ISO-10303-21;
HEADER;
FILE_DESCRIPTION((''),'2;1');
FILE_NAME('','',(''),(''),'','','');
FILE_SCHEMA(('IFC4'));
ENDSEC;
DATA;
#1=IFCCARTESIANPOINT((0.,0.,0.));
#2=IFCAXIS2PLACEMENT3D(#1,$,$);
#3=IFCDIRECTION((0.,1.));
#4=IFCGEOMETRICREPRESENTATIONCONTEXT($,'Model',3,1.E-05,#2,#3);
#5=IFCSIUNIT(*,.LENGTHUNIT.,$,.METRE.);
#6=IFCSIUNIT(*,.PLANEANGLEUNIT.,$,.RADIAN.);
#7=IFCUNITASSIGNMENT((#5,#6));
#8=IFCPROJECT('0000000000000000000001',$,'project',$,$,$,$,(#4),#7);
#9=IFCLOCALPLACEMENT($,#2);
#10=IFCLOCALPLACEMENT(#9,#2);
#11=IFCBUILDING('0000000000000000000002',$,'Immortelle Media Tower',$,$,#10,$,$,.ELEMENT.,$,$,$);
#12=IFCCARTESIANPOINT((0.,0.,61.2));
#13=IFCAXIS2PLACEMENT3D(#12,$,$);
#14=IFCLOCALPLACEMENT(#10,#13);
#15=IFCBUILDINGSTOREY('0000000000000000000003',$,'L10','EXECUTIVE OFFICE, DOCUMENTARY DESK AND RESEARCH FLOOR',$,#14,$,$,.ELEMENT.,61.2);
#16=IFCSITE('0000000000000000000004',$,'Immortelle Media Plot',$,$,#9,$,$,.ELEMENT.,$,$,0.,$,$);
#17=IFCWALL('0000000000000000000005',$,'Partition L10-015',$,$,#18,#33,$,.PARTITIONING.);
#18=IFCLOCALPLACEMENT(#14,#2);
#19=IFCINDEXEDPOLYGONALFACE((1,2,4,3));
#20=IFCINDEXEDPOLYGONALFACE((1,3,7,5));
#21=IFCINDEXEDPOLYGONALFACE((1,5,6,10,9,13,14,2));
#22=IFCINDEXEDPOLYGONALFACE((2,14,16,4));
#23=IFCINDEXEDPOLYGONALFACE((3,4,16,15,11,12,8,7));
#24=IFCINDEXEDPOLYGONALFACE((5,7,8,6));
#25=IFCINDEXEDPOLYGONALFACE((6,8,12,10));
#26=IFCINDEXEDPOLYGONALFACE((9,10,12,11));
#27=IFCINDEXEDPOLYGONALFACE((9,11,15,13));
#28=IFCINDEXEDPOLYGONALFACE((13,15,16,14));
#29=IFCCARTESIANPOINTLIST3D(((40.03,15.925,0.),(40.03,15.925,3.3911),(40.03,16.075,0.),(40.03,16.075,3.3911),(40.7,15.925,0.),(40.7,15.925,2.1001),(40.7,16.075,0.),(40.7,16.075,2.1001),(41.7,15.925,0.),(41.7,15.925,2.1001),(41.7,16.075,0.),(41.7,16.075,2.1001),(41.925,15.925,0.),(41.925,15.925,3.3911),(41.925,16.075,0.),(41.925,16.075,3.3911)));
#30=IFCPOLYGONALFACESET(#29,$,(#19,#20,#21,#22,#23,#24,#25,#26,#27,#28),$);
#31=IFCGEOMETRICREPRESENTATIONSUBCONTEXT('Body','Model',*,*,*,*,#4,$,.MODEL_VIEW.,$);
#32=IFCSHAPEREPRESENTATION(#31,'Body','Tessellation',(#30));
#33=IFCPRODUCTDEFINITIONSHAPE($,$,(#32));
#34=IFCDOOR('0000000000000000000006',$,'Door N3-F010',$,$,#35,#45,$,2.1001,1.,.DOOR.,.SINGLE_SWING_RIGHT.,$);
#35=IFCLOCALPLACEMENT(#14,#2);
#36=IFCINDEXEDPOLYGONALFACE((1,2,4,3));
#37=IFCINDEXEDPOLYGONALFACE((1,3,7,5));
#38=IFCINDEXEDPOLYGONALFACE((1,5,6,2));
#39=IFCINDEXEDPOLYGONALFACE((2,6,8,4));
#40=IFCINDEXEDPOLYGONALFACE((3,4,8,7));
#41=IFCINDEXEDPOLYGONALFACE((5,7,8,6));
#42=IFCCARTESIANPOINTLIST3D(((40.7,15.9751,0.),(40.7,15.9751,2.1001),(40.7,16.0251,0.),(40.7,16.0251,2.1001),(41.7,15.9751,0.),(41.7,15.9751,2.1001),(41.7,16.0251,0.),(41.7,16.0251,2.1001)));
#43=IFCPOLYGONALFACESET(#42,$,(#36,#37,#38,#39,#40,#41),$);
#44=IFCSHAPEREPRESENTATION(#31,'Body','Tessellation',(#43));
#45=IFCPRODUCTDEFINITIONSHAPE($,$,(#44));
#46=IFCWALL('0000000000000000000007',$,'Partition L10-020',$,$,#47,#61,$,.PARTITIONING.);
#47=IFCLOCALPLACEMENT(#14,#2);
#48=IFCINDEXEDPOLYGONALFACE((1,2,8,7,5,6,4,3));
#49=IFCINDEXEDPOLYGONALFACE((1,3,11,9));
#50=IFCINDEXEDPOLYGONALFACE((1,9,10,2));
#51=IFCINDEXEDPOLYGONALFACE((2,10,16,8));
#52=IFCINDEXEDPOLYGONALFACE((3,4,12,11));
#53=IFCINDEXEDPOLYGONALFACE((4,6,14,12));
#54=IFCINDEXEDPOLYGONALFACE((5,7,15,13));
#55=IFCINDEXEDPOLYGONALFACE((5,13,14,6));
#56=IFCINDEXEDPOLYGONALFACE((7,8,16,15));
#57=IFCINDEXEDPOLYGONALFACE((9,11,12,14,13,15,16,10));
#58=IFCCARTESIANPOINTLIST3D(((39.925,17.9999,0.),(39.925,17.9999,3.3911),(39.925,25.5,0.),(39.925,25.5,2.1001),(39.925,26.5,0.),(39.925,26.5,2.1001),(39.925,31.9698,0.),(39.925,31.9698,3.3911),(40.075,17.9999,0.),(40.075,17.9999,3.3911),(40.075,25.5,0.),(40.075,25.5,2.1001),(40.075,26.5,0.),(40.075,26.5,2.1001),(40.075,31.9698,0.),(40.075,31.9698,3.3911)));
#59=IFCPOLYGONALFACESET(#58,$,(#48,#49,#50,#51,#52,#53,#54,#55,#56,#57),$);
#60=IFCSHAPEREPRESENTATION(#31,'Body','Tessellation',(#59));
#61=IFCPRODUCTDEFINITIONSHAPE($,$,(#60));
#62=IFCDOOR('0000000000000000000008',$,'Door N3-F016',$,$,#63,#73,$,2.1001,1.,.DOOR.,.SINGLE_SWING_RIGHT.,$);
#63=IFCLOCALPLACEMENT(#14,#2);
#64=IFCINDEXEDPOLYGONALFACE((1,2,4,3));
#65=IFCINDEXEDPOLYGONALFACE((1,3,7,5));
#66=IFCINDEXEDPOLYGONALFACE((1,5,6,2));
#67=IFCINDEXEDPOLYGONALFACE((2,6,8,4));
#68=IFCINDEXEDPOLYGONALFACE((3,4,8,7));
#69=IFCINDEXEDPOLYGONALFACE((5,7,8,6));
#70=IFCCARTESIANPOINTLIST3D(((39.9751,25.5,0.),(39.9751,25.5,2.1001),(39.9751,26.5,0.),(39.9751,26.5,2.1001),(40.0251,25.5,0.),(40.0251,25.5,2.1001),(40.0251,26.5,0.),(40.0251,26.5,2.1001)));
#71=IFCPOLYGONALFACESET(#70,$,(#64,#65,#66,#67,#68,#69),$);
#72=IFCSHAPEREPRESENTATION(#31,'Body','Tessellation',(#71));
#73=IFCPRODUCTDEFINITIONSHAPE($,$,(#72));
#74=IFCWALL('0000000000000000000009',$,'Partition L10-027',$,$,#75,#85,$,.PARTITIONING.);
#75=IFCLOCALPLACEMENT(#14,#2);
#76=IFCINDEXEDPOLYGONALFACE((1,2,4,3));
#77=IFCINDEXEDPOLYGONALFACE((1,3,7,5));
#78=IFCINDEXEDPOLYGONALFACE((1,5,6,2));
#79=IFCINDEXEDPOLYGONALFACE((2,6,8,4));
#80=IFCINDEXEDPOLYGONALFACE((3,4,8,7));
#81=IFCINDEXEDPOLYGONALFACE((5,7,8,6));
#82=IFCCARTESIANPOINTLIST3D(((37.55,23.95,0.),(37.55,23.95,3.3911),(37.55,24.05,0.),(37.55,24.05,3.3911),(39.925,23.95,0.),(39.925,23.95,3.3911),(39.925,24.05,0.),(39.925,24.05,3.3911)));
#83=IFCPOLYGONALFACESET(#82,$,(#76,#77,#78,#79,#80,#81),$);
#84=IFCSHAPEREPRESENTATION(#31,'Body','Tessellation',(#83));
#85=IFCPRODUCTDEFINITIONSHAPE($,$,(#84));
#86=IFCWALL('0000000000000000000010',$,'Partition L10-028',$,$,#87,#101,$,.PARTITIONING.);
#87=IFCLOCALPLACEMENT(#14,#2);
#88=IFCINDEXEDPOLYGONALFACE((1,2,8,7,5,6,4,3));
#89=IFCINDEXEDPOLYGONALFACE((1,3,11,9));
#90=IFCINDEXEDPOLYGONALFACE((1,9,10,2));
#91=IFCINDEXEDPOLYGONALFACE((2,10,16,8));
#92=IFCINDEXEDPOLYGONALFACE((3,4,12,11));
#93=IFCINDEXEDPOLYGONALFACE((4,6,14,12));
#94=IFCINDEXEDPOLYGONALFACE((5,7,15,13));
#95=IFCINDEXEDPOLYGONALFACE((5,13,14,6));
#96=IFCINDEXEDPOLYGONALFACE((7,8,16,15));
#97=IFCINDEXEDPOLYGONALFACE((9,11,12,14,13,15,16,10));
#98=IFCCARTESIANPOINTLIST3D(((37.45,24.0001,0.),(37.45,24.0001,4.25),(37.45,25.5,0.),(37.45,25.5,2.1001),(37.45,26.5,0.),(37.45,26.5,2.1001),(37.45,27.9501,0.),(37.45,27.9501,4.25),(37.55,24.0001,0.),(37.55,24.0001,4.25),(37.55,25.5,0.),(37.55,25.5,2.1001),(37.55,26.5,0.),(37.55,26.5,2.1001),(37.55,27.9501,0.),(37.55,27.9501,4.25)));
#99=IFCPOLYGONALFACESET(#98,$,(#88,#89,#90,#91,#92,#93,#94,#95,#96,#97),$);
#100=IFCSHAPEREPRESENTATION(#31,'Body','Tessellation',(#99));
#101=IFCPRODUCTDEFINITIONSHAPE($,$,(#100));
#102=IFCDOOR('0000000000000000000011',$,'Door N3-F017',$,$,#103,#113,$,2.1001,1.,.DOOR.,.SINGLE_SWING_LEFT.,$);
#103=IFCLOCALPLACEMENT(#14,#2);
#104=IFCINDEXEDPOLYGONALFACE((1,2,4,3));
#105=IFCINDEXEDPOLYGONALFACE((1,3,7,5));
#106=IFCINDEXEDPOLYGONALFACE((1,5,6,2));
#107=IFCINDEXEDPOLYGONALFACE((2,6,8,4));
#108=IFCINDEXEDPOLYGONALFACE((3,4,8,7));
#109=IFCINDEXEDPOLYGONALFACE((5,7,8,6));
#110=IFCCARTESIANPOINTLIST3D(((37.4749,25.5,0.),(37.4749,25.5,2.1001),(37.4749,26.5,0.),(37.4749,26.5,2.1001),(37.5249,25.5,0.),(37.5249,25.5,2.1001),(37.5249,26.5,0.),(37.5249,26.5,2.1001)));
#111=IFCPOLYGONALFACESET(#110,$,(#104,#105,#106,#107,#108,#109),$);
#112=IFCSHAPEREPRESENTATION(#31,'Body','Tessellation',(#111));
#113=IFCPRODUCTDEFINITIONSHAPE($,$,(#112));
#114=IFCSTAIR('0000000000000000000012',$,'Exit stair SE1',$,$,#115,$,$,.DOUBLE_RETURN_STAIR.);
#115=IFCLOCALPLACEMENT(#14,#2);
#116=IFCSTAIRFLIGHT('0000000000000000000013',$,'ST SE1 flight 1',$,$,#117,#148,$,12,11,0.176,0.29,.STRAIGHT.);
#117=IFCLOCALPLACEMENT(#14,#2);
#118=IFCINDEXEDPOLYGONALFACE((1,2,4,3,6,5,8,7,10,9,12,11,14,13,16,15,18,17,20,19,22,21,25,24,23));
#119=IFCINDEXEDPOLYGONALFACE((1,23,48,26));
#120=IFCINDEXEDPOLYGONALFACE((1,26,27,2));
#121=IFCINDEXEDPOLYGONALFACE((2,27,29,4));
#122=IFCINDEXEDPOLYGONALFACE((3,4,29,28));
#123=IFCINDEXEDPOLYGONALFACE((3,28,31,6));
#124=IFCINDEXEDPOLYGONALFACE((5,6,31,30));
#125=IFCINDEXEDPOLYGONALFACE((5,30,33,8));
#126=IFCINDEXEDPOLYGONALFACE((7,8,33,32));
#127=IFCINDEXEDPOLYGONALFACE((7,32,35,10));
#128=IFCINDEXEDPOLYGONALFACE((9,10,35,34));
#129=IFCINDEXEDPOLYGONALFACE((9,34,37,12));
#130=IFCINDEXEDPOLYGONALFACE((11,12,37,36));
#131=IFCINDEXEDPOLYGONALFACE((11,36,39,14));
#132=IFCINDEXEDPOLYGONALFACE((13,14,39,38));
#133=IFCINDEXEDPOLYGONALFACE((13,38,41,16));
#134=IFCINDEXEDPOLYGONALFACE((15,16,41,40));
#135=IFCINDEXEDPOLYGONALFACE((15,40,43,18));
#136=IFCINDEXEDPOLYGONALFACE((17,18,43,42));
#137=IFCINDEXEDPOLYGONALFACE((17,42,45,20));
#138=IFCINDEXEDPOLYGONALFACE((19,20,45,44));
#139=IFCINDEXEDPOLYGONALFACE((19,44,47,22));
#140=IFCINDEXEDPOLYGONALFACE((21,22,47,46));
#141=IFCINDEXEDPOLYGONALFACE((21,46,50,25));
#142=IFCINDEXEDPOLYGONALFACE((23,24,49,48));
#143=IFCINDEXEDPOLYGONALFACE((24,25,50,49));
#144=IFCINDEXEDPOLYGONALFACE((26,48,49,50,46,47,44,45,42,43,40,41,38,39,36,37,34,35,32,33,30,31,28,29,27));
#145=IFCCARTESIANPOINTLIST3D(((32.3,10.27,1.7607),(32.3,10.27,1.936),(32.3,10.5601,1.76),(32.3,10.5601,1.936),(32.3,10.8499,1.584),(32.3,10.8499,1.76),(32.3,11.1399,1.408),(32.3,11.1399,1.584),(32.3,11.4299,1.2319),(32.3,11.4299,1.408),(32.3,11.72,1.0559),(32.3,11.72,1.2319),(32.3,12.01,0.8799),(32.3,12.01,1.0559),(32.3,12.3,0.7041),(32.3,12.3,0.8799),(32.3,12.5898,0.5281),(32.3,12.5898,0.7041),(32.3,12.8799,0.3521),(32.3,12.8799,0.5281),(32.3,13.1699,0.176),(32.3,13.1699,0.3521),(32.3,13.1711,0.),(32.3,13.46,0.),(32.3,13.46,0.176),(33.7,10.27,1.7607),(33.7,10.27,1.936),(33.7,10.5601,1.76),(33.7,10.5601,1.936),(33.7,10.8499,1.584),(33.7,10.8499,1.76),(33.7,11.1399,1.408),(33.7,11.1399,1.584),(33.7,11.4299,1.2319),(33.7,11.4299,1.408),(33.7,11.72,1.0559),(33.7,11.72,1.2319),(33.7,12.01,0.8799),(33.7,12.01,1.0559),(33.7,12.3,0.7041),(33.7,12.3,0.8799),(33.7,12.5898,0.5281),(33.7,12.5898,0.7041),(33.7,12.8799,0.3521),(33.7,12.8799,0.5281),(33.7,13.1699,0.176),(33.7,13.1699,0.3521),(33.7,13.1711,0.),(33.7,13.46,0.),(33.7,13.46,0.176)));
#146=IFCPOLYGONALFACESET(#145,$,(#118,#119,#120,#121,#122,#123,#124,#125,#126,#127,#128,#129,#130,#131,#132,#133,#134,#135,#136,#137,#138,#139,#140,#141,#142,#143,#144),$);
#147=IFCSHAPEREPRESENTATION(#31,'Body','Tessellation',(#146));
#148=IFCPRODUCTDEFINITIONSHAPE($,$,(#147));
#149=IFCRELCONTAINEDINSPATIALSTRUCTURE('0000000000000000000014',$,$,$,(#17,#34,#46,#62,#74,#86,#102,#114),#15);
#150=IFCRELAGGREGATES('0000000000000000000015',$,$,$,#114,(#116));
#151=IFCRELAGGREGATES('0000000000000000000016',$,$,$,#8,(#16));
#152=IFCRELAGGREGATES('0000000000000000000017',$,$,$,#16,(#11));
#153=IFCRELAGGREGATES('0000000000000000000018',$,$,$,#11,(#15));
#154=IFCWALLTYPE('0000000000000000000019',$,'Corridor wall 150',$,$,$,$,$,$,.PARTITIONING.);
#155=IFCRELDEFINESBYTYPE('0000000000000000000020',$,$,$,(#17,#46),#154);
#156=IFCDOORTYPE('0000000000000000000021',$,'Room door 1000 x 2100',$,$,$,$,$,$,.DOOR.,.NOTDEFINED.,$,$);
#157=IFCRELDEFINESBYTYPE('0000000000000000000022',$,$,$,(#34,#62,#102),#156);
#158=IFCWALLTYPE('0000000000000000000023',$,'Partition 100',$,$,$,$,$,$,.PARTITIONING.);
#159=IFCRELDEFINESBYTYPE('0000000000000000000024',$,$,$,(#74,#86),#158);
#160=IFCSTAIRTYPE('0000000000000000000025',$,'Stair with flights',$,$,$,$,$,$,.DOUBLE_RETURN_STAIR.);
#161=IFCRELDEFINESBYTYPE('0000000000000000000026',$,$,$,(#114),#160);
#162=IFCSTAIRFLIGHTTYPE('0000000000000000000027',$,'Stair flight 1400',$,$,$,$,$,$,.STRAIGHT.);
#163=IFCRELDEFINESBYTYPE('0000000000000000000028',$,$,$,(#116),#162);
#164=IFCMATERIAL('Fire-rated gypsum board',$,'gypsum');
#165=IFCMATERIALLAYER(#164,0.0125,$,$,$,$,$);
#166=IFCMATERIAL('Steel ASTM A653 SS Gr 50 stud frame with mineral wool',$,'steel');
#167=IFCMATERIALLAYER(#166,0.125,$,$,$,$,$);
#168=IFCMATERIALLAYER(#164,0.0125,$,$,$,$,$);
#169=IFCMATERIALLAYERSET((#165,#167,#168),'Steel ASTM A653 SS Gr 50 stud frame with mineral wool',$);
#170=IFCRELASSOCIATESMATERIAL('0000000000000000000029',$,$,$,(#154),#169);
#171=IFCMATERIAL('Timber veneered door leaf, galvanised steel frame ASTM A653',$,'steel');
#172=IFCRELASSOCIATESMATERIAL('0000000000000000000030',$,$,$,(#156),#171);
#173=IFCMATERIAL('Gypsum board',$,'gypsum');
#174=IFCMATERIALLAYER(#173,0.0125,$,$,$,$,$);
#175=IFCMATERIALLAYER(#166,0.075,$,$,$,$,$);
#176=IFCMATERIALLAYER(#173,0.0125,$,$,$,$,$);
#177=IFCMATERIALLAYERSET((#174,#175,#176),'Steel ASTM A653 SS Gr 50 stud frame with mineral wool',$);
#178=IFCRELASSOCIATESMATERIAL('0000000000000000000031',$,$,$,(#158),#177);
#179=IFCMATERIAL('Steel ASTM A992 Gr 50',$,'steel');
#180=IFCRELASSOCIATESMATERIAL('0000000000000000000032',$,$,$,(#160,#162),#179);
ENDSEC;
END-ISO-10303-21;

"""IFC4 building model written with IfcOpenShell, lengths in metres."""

from ifc_helpers import new_model, si_unit, direction, frame, frame_2d, origin, place, context, subcontext, project, spatial, polyline, rectangle, outline, extrude, material, layer, layer_set, type_object, element, fill, aggregate, save


model = new_model("IFC4")

# Units and contexts
model_context = context("Model", 3, precision=1e-05, world=origin(), true_north=direction((0.0, 1.0)))
body_context = subcontext(model_context, "Body", "Model", "MODEL_VIEW")
ifc_project = project(units=[si_unit("LENGTHUNIT", "METRE"), si_unit("PLANEANGLEUNIT", "RADIAN")], contexts=[model_context])

# Site, building, storey
site_placement = place(None, origin())
site = spatial("IfcSite", under=ifc_project, at=site_placement, Name="Immortelle Media Plot", CompositionType="ELEMENT", RefElevation=0.0)
building_placement = place(site_placement, origin())
building = spatial("IfcBuilding", under=site, at=building_placement, Name="Immortelle Media Tower", CompositionType="ELEMENT")
storey_placement = place(building_placement, frame((0.0, 0.0, 61.2)))
storey = spatial("IfcBuildingStorey", under=building, at=storey_placement, Name="L10", Description="EXECUTIVE OFFICE, DOCUMENTARY DESK AND RESEARCH FLOOR", CompositionType="ELEMENT", Elevation=61.2)

# Shared definitions
ifc_material_1 = material(Name="Steel ASTM A992 Gr 50", Category="steel")

# Wall, opening, door
ifc_material_2 = material(Name="Fire-rated gypsum board", Category="gypsum")
ifc_layer_1 = layer(ifc_material_2, 0.0125)
ifc_material_3 = material(Name="Steel ASTM A653 SS Gr 50 stud frame with mineral wool", Category="steel")
ifc_layer_2 = layer(ifc_material_3, 0.125)
ifc_layer_3 = layer(ifc_material_2, 0.0125)
ifc_layer_set_1 = layer_set([ifc_layer_1, ifc_layer_2, ifc_layer_3], Name="Steel ASTM A653 SS Gr 50 stud frame with mineral wool")
wall_type_1 = type_object("IfcWallType", Name="Corridor wall 150", PredefinedType="PARTITIONING", material=ifc_layer_set_1)
wall_1_placement = place(storey_placement, frame((40.03, 16.0, 0.0), z_axis=(0.0, 0.0, 1.0), x_axis=(1.0, 0.0, 0.0)))
wall_1 = element("IfcWall", 1, at=wall_1_placement, inside=storey, type_object=wall_type_1, Name="Partition L10-015", PredefinedType="PARTITIONING", context=body_context, shape_type="SweptSolid", body=[
    extrude(rectangle(XDim=1.895, YDim=0.1499, at=frame_2d((0.9475, 0.0))), origin(), (0.0, 0.0, 1.0), 3.3911),
])
opening_1_placement = place(wall_1_placement, frame((1.6699, 0.0, 0.0), z_axis=(0.0, 0.0, 1.0), x_axis=(-1.0, 0.0, 0.0)))
opening_1 = element("IfcOpeningElement", 2, at=opening_1_placement, cuts=wall_1, PredefinedType="OPENING", context=body_context, shape_type="SweptSolid", body=[
    extrude(rectangle(XDim=1.0, YDim=2.1001, at=frame_2d((0.5, 1.05))), frame((0.0, 0.085, 0.0), z_axis=(0.0, -1.0, 0.0), x_axis=(1.0, 0.0, 0.0)), (0.0, 0.0, 1.0), 0.1699),
])
ifc_material_4 = material(Name="Timber veneered door leaf, galvanised steel frame ASTM A653", Category="steel")
door_type = type_object("IfcDoorType", Name="Room door 1000 x 2100", OperationType="NOTDEFINED", PredefinedType="DOOR", material=ifc_material_4)
door_1_placement = place(opening_1_placement, origin())
door_1 = element("IfcDoor", 3, at=door_1_placement, inside=storey, type_object=door_type, Name="Door N3-F010", OperationType="SINGLE_SWING_RIGHT", OverallHeight=2.1001, OverallWidth=1.0, PredefinedType="DOOR", context=body_context, shape_type="SweptSolid", body=[
    extrude(rectangle(XDim=1.0, YDim=2.1001, at=frame_2d((0.5, 1.05))), frame((0.0, 0.0249, 0.0), z_axis=(0.0, -1.0, 0.0), x_axis=(1.0, 0.0, 0.0)), (0.0, 0.0, 1.0), 0.05),
])
fill(opening_1, door_1)

# Wall, opening, door
wall_2_placement = place(storey_placement, frame((40.0, 18.0, 0.0), z_axis=(0.0, 0.0, 1.0), x_axis=(0.0, 1.0, 0.0)))
wall_2 = element("IfcWall", 4, at=wall_2_placement, inside=storey, type_object=wall_type_1, Name="Partition L10-020", PredefinedType="PARTITIONING", context=body_context, shape_type="SweptSolid", body=[
    extrude(rectangle(XDim=13.97, YDim=0.1499, at=frame_2d((6.9849, 0.0))), origin(), (0.0, 0.0, 1.0), 3.3911),
])
opening_2_placement = place(wall_2_placement, frame((7.5, 0.0, 0.0)))
opening_2 = element("IfcOpeningElement", 5, at=opening_2_placement, cuts=wall_2, PredefinedType="OPENING", context=body_context, shape_type="SweptSolid", body=[
    extrude(rectangle(XDim=1.0, YDim=2.1001, at=frame_2d((0.5, 1.05))), frame((0.0, 0.085, 0.0), z_axis=(0.0, -1.0, 0.0), x_axis=(1.0, 0.0, 0.0)), (0.0, 0.0, 1.0), 0.1699),
])
door_2_placement = place(opening_2_placement, origin())
door_2 = element("IfcDoor", 6, at=door_2_placement, inside=storey, type_object=door_type, Name="Door N3-F016", OperationType="SINGLE_SWING_RIGHT", OverallHeight=2.1001, OverallWidth=1.0, PredefinedType="DOOR", context=body_context, shape_type="SweptSolid", body=[
    extrude(rectangle(XDim=1.0, YDim=2.1001, at=frame_2d((0.5, 1.05))), frame((0.0, 0.0249, 0.0), z_axis=(0.0, -1.0, 0.0), x_axis=(1.0, 0.0, 0.0)), (0.0, 0.0, 1.0), 0.05),
])
fill(opening_2, door_2)

# Wall
ifc_material_5 = material(Name="Gypsum board", Category="gypsum")
ifc_layer_4 = layer(ifc_material_5, 0.0125)
ifc_layer_5 = layer(ifc_material_3, 0.075)
ifc_layer_6 = layer(ifc_material_5, 0.0125)
ifc_layer_set_2 = layer_set([ifc_layer_4, ifc_layer_5, ifc_layer_6], Name="Steel ASTM A653 SS Gr 50 stud frame with mineral wool")
wall_type_2 = type_object("IfcWallType", Name="Partition 100", PredefinedType="PARTITIONING", material=ifc_layer_set_2)
wall_3_placement = place(storey_placement, frame((37.55, 24.0, 0.0), z_axis=(0.0, 0.0, 1.0), x_axis=(1.0, 0.0, 0.0)))
element("IfcWall", 7, at=wall_3_placement, inside=storey, type_object=wall_type_2, Name="Partition L10-027", PredefinedType="PARTITIONING", context=body_context, shape_type="SweptSolid", body=[
    extrude(rectangle(XDim=2.375, YDim=0.1001, at=frame_2d((1.1875, 0.0))), origin(), (0.0, 0.0, 1.0), 3.3911),
])

# Wall, opening, door
wall_4_placement = place(storey_placement, frame((37.5, 24.0, 0.0), z_axis=(0.0, 0.0, 1.0), x_axis=(0.0, 1.0, 0.0)))
wall_4 = element("IfcWall", 8, at=wall_4_placement, inside=storey, type_object=wall_type_2, Name="Partition L10-028", PredefinedType="PARTITIONING", context=body_context, shape_type="SweptSolid", body=[
    extrude(rectangle(XDim=3.95, YDim=0.1001, at=frame_2d((1.9751, 0.0))), origin(), (0.0, 0.0, 1.0), 4.25),
])
opening_3_placement = place(wall_4_placement, frame((2.5, 0.0, 0.0), z_axis=(0.0, 0.0, 1.0), x_axis=(-1.0, 0.0, 0.0)))
opening_3 = element("IfcOpeningElement", 9, at=opening_3_placement, cuts=wall_4, PredefinedType="OPENING", context=body_context, shape_type="SweptSolid", body=[
    extrude(rectangle(XDim=1.0, YDim=2.1001, at=frame_2d((0.5, 1.05))), frame((0.0, 0.0601, 0.0), z_axis=(0.0, -1.0, 0.0), x_axis=(1.0, 0.0, 0.0)), (0.0, 0.0, 1.0), 0.1201),
])
door_3_placement = place(opening_3_placement, origin())
door_3 = element("IfcDoor", 10, at=door_3_placement, inside=storey, type_object=door_type, Name="Door N3-F017", OperationType="SINGLE_SWING_LEFT", OverallHeight=2.1001, OverallWidth=1.0, PredefinedType="DOOR", context=body_context, shape_type="SweptSolid", body=[
    extrude(rectangle(XDim=1.0, YDim=2.1001, at=frame_2d((0.5, 1.05))), frame((0.0, 0.0249, 0.0), z_axis=(0.0, -1.0, 0.0), x_axis=(1.0, 0.0, 0.0)), (0.0, 0.0, 1.0), 0.05),
])
fill(opening_3, door_3)

# Stair, stair flight
stair_type = type_object("IfcStairType", Name="Stair with flights", PredefinedType="DOUBLE_RETURN_STAIR", material=ifc_material_1)
stair_1_placement = place(storey_placement, origin())
stair_1 = element("IfcStair", 11, at=stair_1_placement, inside=storey, type_object=stair_type, Name="Exit stair SE1", PredefinedType="DOUBLE_RETURN_STAIR")
stair_flight_type = type_object("IfcStairFlightType", Name="Stair flight 1400", PredefinedType="STRAIGHT", material=ifc_material_1)
stair_flight_1_placement = place(storey_placement, frame((33.0, 13.46, 0.0), z_axis=(0.0, 0.0, 1.0), x_axis=(0.0, -1.0, 0.0)))
stair_flight_1 = element("IfcStairFlight", 12, at=stair_flight_1_placement, type_object=stair_flight_type, Name="ST SE1 flight 1", NumberOfRisers=12, NumberOfTreads=11, PredefinedType="STRAIGHT", RiserHeight=0.176, TreadLength=0.29, context=body_context, shape_type="SweptSolid", body=[
    extrude(outline(polyline([(0.0, 0.0), (0.0, 0.176), (0.29, 0.176), (0.29, 0.3521), (0.5801, 0.3521), (0.5801, 0.5281), (0.8701, 0.5281), (0.8701, 0.7041), (1.1599, 0.7041), (1.1599, 0.8799), (1.45, 0.8799), (1.45, 1.0559), (1.74, 1.0559), (1.74, 1.2319), (2.03, 1.2319), (2.03, 1.408), (2.3201, 1.408), (2.3201, 1.584), (2.6101, 1.584), (2.6101, 1.76), (2.8999, 1.76), (2.8999, 1.936), (3.1899, 1.936), (3.1899, 2.1121), (3.1899, 1.7607), (0.2888, 0.0), (0.0, 0.0)])), frame((0.0, 0.7, 0.0), z_axis=(0.0, -1.0, 0.0), x_axis=(1.0, 0.0, 0.0)), (0.0, 0.0, 1.0), 1.3999),
])
aggregate(stair_1, [stair_flight_1])

save(model, "model.ifc")
